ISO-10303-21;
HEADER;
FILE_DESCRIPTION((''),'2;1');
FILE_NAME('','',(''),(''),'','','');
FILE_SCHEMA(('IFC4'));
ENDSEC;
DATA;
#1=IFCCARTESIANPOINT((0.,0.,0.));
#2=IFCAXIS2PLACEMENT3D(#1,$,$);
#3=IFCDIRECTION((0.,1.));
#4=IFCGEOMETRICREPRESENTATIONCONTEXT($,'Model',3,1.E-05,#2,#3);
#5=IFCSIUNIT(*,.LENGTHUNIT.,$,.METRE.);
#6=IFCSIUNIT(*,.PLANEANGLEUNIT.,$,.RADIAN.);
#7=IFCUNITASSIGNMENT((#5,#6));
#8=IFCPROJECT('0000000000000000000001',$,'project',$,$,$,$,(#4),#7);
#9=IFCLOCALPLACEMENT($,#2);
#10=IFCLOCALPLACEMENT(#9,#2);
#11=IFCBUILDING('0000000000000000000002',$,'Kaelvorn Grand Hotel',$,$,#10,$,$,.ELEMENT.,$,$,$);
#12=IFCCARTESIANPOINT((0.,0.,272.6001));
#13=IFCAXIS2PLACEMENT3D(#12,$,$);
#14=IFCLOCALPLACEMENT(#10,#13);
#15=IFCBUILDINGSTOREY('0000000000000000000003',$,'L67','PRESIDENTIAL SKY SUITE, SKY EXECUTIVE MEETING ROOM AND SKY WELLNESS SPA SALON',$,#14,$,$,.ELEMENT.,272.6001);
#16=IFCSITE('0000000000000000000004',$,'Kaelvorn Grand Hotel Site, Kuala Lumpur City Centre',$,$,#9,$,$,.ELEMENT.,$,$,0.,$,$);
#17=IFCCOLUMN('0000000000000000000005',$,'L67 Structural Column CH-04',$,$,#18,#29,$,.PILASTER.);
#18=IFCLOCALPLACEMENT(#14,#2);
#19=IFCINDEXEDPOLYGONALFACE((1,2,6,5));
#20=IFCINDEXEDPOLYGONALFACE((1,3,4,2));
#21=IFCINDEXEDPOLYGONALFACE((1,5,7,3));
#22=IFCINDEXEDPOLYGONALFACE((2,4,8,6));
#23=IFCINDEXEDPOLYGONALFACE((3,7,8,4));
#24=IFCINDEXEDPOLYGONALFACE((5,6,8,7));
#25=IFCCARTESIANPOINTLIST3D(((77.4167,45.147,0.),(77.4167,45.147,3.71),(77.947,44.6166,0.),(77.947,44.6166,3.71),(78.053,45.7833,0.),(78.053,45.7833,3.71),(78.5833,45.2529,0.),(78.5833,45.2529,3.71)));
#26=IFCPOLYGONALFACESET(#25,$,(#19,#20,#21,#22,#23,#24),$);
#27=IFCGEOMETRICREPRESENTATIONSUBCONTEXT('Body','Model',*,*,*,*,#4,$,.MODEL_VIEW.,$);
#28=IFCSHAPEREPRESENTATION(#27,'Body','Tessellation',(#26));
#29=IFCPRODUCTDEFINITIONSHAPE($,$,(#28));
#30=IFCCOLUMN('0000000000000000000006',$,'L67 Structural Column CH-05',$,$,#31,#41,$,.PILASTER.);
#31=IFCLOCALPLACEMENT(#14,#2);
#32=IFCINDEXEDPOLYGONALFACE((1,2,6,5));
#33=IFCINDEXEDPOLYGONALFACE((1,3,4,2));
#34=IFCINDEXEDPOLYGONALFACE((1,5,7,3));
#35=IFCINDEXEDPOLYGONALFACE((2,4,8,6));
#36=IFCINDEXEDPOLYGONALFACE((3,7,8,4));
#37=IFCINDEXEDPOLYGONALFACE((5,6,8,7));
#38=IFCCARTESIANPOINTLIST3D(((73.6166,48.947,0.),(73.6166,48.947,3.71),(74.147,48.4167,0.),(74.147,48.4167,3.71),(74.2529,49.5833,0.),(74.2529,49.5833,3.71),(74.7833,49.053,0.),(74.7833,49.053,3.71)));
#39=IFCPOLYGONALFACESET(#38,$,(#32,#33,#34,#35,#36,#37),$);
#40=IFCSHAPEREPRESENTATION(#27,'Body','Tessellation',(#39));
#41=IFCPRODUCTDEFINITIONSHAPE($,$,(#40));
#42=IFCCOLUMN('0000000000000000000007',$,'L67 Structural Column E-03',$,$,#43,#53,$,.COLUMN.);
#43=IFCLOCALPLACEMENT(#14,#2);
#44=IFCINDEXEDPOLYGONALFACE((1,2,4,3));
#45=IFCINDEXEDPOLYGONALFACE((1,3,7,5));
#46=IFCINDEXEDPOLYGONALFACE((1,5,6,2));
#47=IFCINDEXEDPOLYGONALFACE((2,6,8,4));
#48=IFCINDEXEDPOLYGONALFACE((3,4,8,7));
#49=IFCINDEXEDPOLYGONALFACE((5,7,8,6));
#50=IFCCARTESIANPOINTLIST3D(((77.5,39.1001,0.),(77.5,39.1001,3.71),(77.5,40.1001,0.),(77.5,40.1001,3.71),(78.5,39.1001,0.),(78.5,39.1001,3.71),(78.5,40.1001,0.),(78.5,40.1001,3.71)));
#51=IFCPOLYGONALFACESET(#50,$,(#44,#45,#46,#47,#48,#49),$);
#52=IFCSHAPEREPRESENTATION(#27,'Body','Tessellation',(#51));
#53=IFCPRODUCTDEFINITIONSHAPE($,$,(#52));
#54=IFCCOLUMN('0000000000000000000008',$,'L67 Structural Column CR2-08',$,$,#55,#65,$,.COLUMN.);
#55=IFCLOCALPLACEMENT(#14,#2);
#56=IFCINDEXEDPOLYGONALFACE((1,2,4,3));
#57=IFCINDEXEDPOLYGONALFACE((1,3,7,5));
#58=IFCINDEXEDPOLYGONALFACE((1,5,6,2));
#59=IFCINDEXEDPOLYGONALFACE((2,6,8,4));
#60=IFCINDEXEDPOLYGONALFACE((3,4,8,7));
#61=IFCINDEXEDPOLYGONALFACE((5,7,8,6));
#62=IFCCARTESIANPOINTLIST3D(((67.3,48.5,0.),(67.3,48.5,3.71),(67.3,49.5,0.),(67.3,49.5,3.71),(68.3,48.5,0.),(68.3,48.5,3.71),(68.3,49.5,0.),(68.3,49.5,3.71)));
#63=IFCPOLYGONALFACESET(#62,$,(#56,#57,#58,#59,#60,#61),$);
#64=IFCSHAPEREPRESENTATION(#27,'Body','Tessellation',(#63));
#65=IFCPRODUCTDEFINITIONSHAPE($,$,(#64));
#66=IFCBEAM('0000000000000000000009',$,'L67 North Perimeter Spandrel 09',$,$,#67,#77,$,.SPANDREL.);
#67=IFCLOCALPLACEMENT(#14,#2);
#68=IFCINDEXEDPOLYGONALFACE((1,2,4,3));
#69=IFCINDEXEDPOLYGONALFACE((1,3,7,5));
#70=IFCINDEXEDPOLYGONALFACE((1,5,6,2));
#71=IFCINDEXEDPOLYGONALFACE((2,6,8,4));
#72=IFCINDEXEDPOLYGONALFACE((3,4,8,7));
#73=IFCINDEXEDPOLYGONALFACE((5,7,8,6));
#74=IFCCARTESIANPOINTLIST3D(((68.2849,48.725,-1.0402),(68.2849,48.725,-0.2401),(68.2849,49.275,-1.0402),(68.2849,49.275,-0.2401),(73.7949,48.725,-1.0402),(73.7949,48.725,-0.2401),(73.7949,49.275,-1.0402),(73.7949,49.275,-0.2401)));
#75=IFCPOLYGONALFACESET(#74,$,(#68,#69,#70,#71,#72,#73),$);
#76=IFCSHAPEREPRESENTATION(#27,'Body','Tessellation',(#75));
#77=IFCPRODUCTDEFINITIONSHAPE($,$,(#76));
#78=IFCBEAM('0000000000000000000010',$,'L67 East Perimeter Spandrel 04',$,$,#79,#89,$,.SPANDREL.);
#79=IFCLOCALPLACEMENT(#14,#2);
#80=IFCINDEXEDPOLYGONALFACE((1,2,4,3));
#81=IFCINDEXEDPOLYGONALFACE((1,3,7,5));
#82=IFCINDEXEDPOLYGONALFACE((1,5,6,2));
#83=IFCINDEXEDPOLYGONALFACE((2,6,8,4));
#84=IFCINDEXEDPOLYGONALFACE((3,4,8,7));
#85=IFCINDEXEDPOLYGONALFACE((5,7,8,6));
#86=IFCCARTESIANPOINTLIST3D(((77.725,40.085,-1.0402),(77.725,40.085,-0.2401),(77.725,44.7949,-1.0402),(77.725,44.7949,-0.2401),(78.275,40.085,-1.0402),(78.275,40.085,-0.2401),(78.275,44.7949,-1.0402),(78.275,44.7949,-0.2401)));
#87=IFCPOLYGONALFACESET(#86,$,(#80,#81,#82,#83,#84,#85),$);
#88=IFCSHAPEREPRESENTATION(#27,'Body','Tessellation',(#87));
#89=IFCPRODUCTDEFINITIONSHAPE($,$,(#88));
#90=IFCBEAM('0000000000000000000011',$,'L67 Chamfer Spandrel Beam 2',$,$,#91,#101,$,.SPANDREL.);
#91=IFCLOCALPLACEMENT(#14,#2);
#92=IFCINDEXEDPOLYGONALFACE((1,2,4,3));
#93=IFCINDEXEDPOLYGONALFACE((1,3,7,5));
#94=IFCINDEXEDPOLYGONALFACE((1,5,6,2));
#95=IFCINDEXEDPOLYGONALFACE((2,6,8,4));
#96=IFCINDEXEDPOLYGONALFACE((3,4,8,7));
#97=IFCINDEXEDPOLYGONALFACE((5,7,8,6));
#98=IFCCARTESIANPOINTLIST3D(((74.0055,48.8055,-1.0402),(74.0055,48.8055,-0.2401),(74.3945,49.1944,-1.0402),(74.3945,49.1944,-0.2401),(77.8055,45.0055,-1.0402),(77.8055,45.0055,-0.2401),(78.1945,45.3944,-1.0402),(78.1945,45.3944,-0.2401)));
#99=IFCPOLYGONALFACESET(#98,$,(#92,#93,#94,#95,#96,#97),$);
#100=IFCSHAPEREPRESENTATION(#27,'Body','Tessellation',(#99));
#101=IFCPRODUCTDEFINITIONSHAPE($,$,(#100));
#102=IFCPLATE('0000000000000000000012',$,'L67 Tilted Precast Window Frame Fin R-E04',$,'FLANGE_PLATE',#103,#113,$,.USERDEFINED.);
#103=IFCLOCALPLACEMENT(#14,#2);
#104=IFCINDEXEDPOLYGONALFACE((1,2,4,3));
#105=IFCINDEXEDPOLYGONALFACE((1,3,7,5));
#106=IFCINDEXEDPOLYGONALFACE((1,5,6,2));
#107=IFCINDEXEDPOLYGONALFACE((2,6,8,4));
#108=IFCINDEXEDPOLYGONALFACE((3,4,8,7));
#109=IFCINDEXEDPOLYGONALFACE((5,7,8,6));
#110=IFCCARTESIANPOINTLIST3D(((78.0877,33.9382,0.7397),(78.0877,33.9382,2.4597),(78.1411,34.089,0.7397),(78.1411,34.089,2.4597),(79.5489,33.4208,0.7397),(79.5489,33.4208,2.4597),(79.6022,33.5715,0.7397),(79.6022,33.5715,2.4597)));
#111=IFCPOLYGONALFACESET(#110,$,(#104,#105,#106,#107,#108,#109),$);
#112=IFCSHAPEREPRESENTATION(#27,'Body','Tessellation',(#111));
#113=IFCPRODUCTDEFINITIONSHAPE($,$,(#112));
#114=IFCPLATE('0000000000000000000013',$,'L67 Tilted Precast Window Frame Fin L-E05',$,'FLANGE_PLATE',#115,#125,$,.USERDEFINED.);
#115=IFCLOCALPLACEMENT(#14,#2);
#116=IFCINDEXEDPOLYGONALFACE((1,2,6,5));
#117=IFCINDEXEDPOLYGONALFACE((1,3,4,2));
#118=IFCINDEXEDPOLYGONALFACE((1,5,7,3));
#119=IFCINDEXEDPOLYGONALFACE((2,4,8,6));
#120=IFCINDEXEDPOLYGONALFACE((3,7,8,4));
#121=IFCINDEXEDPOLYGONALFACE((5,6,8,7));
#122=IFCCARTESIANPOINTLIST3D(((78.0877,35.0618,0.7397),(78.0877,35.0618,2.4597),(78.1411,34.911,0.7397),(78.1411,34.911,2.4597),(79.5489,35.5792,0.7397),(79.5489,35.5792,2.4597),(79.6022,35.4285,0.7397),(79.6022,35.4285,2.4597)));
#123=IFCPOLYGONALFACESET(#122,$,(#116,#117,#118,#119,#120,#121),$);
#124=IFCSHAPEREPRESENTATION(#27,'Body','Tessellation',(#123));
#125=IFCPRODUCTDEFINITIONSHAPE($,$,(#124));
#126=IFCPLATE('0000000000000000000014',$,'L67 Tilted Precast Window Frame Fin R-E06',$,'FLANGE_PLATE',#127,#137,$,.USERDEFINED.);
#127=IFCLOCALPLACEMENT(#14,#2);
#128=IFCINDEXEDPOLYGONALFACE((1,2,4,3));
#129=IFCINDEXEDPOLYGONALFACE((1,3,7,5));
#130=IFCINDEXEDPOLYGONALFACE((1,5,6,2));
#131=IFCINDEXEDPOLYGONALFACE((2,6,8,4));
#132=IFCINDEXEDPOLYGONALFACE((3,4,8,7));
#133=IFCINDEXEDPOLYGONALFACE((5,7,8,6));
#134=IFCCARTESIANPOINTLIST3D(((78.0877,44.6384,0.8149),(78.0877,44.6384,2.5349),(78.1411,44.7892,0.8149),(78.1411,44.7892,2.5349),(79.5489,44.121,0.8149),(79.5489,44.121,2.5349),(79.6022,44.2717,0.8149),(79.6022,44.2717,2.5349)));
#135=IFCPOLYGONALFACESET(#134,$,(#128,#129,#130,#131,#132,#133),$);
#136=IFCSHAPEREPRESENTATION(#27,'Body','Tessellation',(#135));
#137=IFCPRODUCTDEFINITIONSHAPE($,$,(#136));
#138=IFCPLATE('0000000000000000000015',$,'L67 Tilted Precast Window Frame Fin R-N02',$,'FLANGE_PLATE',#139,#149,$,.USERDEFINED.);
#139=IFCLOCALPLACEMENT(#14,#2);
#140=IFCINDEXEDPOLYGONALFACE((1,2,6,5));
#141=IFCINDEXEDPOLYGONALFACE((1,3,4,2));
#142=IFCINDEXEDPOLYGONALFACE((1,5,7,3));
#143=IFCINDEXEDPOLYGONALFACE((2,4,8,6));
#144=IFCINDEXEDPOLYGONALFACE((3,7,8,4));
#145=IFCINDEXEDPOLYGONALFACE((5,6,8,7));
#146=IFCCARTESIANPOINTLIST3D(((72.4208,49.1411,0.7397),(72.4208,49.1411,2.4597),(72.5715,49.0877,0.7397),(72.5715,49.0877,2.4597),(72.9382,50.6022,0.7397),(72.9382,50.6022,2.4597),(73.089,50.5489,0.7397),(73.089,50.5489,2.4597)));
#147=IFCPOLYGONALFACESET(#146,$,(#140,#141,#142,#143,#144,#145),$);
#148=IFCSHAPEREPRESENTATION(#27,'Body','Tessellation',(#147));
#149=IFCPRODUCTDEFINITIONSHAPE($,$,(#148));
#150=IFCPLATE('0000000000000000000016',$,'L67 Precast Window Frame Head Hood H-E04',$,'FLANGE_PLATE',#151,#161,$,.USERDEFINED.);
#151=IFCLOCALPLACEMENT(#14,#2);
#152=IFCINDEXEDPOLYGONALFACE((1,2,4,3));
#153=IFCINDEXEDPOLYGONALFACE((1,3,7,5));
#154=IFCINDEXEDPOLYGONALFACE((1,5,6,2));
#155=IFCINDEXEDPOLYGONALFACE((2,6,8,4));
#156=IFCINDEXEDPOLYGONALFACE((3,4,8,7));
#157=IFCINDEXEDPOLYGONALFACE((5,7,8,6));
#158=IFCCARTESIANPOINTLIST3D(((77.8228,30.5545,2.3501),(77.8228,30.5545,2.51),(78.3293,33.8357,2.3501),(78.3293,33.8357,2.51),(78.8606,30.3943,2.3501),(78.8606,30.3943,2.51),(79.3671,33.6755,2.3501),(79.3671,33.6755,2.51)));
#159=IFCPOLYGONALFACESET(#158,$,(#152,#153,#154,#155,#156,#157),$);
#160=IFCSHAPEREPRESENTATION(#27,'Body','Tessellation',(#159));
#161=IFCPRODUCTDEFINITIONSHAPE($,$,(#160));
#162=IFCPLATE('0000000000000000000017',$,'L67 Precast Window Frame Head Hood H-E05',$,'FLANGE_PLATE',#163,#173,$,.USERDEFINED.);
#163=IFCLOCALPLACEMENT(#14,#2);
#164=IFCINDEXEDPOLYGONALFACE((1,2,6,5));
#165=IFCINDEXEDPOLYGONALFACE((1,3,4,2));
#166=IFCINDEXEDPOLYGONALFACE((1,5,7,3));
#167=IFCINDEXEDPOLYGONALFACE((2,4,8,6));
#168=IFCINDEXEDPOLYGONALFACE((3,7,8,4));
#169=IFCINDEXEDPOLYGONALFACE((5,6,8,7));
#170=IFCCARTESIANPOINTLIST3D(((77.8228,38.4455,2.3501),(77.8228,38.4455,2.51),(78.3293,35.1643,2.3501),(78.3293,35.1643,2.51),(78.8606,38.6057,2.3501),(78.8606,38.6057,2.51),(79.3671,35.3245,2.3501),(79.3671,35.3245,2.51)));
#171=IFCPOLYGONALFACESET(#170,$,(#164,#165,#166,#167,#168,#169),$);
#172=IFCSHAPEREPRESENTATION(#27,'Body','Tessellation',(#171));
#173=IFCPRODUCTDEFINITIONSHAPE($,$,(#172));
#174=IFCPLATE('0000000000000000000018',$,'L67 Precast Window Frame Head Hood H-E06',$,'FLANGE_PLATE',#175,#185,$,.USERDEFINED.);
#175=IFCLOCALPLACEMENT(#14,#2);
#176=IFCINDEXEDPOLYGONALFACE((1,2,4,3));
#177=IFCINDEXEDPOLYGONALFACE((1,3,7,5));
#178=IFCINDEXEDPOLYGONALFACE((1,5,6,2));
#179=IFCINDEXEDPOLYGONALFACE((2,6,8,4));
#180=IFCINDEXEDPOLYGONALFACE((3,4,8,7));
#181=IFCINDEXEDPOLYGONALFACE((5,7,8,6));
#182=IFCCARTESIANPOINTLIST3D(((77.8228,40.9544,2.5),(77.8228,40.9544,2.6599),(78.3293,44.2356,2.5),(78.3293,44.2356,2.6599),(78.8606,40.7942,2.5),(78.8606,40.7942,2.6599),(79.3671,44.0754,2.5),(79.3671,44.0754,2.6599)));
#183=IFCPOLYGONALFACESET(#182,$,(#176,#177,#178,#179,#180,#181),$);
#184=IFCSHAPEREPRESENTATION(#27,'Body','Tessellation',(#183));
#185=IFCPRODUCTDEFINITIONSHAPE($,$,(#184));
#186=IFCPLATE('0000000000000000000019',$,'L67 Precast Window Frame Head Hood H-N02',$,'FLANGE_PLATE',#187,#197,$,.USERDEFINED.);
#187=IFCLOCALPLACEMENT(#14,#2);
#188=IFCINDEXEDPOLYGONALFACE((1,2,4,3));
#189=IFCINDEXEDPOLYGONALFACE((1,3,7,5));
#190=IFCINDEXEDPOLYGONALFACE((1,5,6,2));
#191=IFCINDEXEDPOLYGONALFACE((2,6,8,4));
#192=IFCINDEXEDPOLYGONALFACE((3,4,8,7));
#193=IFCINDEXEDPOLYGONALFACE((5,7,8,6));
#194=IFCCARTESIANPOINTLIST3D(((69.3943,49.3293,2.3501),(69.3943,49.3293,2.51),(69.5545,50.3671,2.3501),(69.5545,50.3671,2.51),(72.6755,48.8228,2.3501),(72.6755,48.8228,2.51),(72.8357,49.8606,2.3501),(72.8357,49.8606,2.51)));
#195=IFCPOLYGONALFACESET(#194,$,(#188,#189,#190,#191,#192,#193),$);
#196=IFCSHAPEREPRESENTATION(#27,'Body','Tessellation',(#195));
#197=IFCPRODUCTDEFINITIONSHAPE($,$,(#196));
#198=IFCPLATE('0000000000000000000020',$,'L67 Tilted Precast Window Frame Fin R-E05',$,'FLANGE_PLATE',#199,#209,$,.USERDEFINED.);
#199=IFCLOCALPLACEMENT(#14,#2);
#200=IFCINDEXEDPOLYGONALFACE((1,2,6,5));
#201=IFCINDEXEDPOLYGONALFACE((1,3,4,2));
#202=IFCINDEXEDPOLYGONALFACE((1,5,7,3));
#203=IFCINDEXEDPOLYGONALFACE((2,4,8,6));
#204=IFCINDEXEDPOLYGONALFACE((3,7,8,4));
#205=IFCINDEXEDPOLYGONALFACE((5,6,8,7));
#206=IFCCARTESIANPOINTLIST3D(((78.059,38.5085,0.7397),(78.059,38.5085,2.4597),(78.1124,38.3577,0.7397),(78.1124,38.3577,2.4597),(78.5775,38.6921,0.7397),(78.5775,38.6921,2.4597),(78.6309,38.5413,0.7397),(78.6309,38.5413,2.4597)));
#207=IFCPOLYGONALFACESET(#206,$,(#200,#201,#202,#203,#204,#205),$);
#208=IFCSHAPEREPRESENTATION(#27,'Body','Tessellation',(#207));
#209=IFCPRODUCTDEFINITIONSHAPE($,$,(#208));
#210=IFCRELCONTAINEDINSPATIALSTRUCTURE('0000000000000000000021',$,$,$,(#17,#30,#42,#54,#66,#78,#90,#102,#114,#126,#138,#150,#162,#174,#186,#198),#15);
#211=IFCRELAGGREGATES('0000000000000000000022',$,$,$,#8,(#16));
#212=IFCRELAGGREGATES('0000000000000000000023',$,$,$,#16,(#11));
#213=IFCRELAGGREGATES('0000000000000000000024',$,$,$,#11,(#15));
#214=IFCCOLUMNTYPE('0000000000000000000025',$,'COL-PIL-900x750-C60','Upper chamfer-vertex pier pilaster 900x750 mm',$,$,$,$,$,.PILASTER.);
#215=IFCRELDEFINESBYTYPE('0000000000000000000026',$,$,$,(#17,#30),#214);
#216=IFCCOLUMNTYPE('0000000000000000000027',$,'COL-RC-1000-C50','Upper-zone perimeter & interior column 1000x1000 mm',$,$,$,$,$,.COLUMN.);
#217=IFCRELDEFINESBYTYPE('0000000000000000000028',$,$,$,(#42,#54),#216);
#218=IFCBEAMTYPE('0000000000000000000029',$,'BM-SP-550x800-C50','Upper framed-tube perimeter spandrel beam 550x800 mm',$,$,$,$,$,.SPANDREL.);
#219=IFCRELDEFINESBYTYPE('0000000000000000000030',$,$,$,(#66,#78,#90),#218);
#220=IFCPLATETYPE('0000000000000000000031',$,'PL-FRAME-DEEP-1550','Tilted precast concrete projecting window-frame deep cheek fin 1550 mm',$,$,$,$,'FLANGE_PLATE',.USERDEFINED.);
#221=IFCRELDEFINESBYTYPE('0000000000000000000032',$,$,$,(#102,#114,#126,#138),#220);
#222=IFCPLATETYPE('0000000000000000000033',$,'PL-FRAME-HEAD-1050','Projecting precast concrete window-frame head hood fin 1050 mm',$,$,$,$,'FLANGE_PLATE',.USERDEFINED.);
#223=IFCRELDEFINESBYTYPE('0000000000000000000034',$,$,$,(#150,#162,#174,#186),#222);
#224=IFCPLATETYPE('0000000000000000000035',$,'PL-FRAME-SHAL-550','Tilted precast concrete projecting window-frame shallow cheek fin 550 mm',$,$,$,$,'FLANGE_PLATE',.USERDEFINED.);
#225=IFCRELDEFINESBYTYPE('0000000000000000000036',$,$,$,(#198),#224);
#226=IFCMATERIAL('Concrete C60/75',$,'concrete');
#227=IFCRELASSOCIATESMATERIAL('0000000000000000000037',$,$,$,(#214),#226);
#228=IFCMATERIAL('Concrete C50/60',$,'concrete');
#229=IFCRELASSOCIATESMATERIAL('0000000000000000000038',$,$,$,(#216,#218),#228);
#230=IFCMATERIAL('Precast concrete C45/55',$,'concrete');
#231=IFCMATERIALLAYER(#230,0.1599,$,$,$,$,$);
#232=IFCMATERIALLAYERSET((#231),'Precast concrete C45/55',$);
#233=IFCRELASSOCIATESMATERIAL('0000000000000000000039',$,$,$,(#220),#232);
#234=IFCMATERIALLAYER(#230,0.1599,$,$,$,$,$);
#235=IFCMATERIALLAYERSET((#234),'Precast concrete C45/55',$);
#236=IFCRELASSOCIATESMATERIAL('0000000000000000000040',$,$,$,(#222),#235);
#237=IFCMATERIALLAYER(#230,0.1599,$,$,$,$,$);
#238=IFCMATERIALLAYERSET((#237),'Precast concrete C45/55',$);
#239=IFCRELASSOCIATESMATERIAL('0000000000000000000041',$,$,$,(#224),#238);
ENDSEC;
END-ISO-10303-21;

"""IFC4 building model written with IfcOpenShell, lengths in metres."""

from ifc_helpers import new_model, si_unit, direction, frame, origin, origin_2d, place, context, subcontext, project, spatial, rectangle, extrude, material, layer, layer_set, material_profile, profile_set, type_object, element, save


model = new_model("IFC4")

# Units and contexts
model_context = context("Model", 3, precision=1e-05, world=origin(), true_north=direction((0.0, 1.0)))
body_context = subcontext(model_context, "Body", "Model", "MODEL_VIEW")
ifc_project = project(units=[si_unit("LENGTHUNIT", "METRE"), si_unit("PLANEANGLEUNIT", "RADIAN")], contexts=[model_context])

# Site, building, storey
site_placement = place(None, origin())
site = spatial("IfcSite", under=ifc_project, at=site_placement, Name="Kaelvorn Grand Hotel Site, Kuala Lumpur City Centre", CompositionType="ELEMENT", RefElevation=0.0)
building_placement = place(site_placement, origin())
building = spatial("IfcBuilding", under=site, at=building_placement, Name="Kaelvorn Grand Hotel", CompositionType="ELEMENT")
storey_placement = place(building_placement, frame((0.0, 0.0, 272.6001)))
storey = spatial("IfcBuildingStorey", under=building, at=storey_placement, Name="L67", Description="PRESIDENTIAL SKY SUITE, SKY EXECUTIVE MEETING ROOM AND SKY WELLNESS SPA SALON", CompositionType="ELEMENT", Elevation=272.6001)

# Columns
ifc_material_1 = material(Name="Concrete C60/75", Category="concrete")
ifc_material_profile_1 = material_profile(ifc_material_1, rectangle(XDim=0.8999, YDim=0.75, at=origin_2d()), Name="RC PILASTER 900x750")
ifc_profile_set_1 = profile_set([ifc_material_profile_1], Name="Concrete C60/75")
column_type_1 = type_object("IfcColumnType", Name="COL-PIL-900x750-C60", Description="Upper chamfer-vertex pier pilaster 900x750 mm", PredefinedType="PILASTER", material=ifc_profile_set_1)
for number, where, z_axis, x_axis, name in (
    (1, (78.0, 45.2, 0.0), (0.0, 0.0, 1.0), (0.707107, 0.707107, 0.0), "L67 Structural Column CH-04"),
    (2, (74.2, 49.0, 0.0), (0.0, 0.0, 1.0), (0.707107, 0.707107, 0.0), "L67 Structural Column CH-05"),
):
    element("IfcColumn", number, at=place(storey_placement, frame(where, z_axis=z_axis, x_axis=x_axis)), inside=storey, type_object=column_type_1, Name=name, PredefinedType="PILASTER", context=body_context, shape_type="SweptSolid", body=[
        extrude(rectangle(XDim=0.8999, YDim=0.75, at=origin_2d()), origin(), (0.0, 0.0, 1.0), 3.71),
    ])
ifc_material_2 = material(Name="Concrete C50/60", Category="concrete")
ifc_material_profile_2 = material_profile(ifc_material_2, rectangle(XDim=1.0, YDim=1.0, at=origin_2d()), Name="RC COL 1000x1000")
ifc_profile_set_2 = profile_set([ifc_material_profile_2], Name="Concrete C50/60")
column_type_2 = type_object("IfcColumnType", Name="COL-RC-1000-C50", Description="Upper-zone perimeter & interior column 1000x1000 mm", PredefinedType="COLUMN", material=ifc_profile_set_2)
for number, where, z_axis, x_axis, name in (
    (3, (78.0, 39.6001, 0.0), (0.0, 0.0, 1.0), (1.0, 0.0, 0.0), "L67 Structural Column E-03"),
    (4, (67.8, 49.0, 0.0), (0.0, 0.0, 1.0), (1.0, 0.0, 0.0), "L67 Structural Column CR2-08"),
):
    element("IfcColumn", number, at=place(storey_placement, frame(where, z_axis=z_axis, x_axis=x_axis)), inside=storey, type_object=column_type_2, Name=name, PredefinedType="COLUMN", context=body_context, shape_type="SweptSolid", body=[
        extrude(rectangle(XDim=1.0, YDim=1.0, at=origin_2d()), origin(), (0.0, 0.0, 1.0), 3.71),
    ])

# Beams
ifc_material_profile_3 = material_profile(ifc_material_2, rectangle(XDim=0.55, YDim=0.8, at=origin_2d()), Name="RC SPANDREL 550x800")
ifc_profile_set_3 = profile_set([ifc_material_profile_3], Name="Concrete C50/60")
beam_type = type_object("IfcBeamType", Name="BM-SP-550x800-C50", Description="Upper framed-tube perimeter spandrel beam 550x800 mm", PredefinedType="SPANDREL", material=ifc_profile_set_3)
beam_1_placement = place(storey_placement, frame((68.2849, 49.0, -0.6401), z_axis=(1.0, 0.0, 0.0), x_axis=(0.0, 1.0, 0.0)))
element("IfcBeam", 5, at=beam_1_placement, inside=storey, type_object=beam_type, Name="L67 North Perimeter Spandrel 09", PredefinedType="SPANDREL", context=body_context, shape_type="SweptSolid", body=[
    extrude(rectangle(XDim=0.55, YDim=0.8, at=origin_2d()), origin(), (0.0, 0.0, 1.0), 5.51),
])
beam_2_placement = place(storey_placement, frame((78.0, 40.085, -0.6401), z_axis=(0.0, 1.0, 0.0), x_axis=(-1.0, 0.0, 0.0)))
element("IfcBeam", 6, at=beam_2_placement, inside=storey, type_object=beam_type, Name="L67 East Perimeter Spandrel 04", PredefinedType="SPANDREL", context=body_context, shape_type="SweptSolid", body=[
    extrude(rectangle(XDim=0.55, YDim=0.8, at=origin_2d()), origin(), (0.0, 0.0, 1.0), 4.71),
])
beam_3_placement = place(storey_placement, frame((78.0, 45.2, -0.6401), z_axis=(-0.707107, 0.707107, 0.0), x_axis=(-0.707107, -0.707107, 0.0)))
element("IfcBeam", 7, at=beam_3_placement, inside=storey, type_object=beam_type, Name="L67 Chamfer Spandrel Beam 2", PredefinedType="SPANDREL", context=body_context, shape_type="SweptSolid", body=[
    extrude(rectangle(XDim=0.55, YDim=0.8, at=origin_2d()), origin(), (0.0, 0.0, 1.0), 5.374),
])

# Plates
ifc_material_3 = material(Name="Precast concrete C45/55", Category="concrete")
ifc_layer_1 = layer(ifc_material_3, 0.1599)
ifc_layer_set_1 = layer_set([ifc_layer_1], Name="Precast concrete C45/55")
plate_type_1 = type_object("IfcPlateType", Name="PL-FRAME-DEEP-1550", Description="Tilted precast concrete projecting window-frame deep cheek fin 1550 mm", ElementType="FLANGE_PLATE", PredefinedType="USERDEFINED", material=ifc_layer_set_1)
for number, where, z_axis, x_axis, name in (
    (8, (78.845, 33.7549, 0.7397), (0.0, 0.0, 1.0), (0.333807, 0.942641, 0.0), "L67 Tilted Precast Window Frame Fin R-E04"),
    (9, (78.845, 35.2451, 0.7397), (0.0, 0.0, 1.0), (-0.333807, 0.942641, 0.0), "L67 Tilted Precast Window Frame Fin L-E05"),
    (10, (78.845, 44.4551, 0.8149), (0.0, 0.0, 1.0), (0.333807, 0.942641, 0.0), "L67 Tilted Precast Window Frame Fin R-E06"),
    (11, (72.7549, 49.845, 0.7397), (0.0, 0.0, 1.0), (0.942641, -0.333807, 0.0), "L67 Tilted Precast Window Frame Fin R-N02"),
):
    element("IfcPlate", number, at=place(storey_placement, frame(where, z_axis=z_axis, x_axis=x_axis)), inside=storey, type_object=plate_type_1, Name=name, ObjectType="FLANGE_PLATE", PredefinedType="USERDEFINED", context=body_context, shape_type="SweptSolid", body=[
        extrude(rectangle(XDim=0.1599, YDim=1.55, at=origin_2d()), origin(), (0.0, 0.0, 1.0), 1.72),
    ])
ifc_layer_2 = layer(ifc_material_3, 0.1599)
ifc_layer_set_2 = layer_set([ifc_layer_2], Name="Precast concrete C45/55")
plate_type_2 = type_object("IfcPlateType", Name="PL-FRAME-HEAD-1050", Description="Projecting precast concrete window-frame head hood fin 1050 mm", ElementType="FLANGE_PLATE", PredefinedType="USERDEFINED", material=ifc_layer_set_2)
for number, where, z_axis, x_axis, name in (
    (12, (78.595, 32.115, 2.3501), (0.0, 0.0, 1.0), (0.152555, 0.988295, 0.0), "L67 Precast Window Frame Head Hood H-E04"),
    (13, (78.595, 36.885, 2.3501), (0.0, 0.0, 1.0), (-0.152555, 0.988295, 0.0), "L67 Precast Window Frame Head Hood H-E05"),
    (14, (78.595, 42.5149, 2.5), (0.0, 0.0, 1.0), (0.152555, 0.988295, 0.0), "L67 Precast Window Frame Head Hood H-E06"),
    (15, (71.115, 49.595, 2.3501), (0.0, 0.0, 1.0), (0.988295, -0.152555, 0.0), "L67 Precast Window Frame Head Hood H-N02"),
):
    element("IfcPlate", number, at=place(storey_placement, frame(where, z_axis=z_axis, x_axis=x_axis)), inside=storey, type_object=plate_type_2, Name=name, ObjectType="FLANGE_PLATE", PredefinedType="USERDEFINED", context=body_context, shape_type="SweptSolid", body=[
        extrude(rectangle(XDim=3.3201, YDim=1.05, at=origin_2d()), origin(), (0.0, 0.0, 1.0), 0.1599),
    ])
ifc_layer_3 = layer(ifc_material_3, 0.1599)
ifc_layer_set_3 = layer_set([ifc_layer_3], Name="Precast concrete C45/55")
plate_type_3 = type_object("IfcPlateType", Name="PL-FRAME-SHAL-550", Description="Tilted precast concrete projecting window-frame shallow cheek fin 550 mm", ElementType="FLANGE_PLATE", PredefinedType="USERDEFINED", material=ifc_layer_set_3)
for number, where, z_axis, x_axis, name in (
    (16, (78.345, 38.5249, 0.7397), (0.0, 0.0, 1.0), (-0.333807, 0.942641, 0.0), "L67 Tilted Precast Window Frame Fin R-E05"),
):
    element("IfcPlate", number, at=place(storey_placement, frame(where, z_axis=z_axis, x_axis=x_axis)), inside=storey, type_object=plate_type_3, Name=name, ObjectType="FLANGE_PLATE", PredefinedType="USERDEFINED", context=body_context, shape_type="SweptSolid", body=[
        extrude(rectangle(XDim=0.1599, YDim=0.55, at=origin_2d()), origin(), (0.0, 0.0, 1.0), 1.72),
    ])

save(model, "model.ifc")
